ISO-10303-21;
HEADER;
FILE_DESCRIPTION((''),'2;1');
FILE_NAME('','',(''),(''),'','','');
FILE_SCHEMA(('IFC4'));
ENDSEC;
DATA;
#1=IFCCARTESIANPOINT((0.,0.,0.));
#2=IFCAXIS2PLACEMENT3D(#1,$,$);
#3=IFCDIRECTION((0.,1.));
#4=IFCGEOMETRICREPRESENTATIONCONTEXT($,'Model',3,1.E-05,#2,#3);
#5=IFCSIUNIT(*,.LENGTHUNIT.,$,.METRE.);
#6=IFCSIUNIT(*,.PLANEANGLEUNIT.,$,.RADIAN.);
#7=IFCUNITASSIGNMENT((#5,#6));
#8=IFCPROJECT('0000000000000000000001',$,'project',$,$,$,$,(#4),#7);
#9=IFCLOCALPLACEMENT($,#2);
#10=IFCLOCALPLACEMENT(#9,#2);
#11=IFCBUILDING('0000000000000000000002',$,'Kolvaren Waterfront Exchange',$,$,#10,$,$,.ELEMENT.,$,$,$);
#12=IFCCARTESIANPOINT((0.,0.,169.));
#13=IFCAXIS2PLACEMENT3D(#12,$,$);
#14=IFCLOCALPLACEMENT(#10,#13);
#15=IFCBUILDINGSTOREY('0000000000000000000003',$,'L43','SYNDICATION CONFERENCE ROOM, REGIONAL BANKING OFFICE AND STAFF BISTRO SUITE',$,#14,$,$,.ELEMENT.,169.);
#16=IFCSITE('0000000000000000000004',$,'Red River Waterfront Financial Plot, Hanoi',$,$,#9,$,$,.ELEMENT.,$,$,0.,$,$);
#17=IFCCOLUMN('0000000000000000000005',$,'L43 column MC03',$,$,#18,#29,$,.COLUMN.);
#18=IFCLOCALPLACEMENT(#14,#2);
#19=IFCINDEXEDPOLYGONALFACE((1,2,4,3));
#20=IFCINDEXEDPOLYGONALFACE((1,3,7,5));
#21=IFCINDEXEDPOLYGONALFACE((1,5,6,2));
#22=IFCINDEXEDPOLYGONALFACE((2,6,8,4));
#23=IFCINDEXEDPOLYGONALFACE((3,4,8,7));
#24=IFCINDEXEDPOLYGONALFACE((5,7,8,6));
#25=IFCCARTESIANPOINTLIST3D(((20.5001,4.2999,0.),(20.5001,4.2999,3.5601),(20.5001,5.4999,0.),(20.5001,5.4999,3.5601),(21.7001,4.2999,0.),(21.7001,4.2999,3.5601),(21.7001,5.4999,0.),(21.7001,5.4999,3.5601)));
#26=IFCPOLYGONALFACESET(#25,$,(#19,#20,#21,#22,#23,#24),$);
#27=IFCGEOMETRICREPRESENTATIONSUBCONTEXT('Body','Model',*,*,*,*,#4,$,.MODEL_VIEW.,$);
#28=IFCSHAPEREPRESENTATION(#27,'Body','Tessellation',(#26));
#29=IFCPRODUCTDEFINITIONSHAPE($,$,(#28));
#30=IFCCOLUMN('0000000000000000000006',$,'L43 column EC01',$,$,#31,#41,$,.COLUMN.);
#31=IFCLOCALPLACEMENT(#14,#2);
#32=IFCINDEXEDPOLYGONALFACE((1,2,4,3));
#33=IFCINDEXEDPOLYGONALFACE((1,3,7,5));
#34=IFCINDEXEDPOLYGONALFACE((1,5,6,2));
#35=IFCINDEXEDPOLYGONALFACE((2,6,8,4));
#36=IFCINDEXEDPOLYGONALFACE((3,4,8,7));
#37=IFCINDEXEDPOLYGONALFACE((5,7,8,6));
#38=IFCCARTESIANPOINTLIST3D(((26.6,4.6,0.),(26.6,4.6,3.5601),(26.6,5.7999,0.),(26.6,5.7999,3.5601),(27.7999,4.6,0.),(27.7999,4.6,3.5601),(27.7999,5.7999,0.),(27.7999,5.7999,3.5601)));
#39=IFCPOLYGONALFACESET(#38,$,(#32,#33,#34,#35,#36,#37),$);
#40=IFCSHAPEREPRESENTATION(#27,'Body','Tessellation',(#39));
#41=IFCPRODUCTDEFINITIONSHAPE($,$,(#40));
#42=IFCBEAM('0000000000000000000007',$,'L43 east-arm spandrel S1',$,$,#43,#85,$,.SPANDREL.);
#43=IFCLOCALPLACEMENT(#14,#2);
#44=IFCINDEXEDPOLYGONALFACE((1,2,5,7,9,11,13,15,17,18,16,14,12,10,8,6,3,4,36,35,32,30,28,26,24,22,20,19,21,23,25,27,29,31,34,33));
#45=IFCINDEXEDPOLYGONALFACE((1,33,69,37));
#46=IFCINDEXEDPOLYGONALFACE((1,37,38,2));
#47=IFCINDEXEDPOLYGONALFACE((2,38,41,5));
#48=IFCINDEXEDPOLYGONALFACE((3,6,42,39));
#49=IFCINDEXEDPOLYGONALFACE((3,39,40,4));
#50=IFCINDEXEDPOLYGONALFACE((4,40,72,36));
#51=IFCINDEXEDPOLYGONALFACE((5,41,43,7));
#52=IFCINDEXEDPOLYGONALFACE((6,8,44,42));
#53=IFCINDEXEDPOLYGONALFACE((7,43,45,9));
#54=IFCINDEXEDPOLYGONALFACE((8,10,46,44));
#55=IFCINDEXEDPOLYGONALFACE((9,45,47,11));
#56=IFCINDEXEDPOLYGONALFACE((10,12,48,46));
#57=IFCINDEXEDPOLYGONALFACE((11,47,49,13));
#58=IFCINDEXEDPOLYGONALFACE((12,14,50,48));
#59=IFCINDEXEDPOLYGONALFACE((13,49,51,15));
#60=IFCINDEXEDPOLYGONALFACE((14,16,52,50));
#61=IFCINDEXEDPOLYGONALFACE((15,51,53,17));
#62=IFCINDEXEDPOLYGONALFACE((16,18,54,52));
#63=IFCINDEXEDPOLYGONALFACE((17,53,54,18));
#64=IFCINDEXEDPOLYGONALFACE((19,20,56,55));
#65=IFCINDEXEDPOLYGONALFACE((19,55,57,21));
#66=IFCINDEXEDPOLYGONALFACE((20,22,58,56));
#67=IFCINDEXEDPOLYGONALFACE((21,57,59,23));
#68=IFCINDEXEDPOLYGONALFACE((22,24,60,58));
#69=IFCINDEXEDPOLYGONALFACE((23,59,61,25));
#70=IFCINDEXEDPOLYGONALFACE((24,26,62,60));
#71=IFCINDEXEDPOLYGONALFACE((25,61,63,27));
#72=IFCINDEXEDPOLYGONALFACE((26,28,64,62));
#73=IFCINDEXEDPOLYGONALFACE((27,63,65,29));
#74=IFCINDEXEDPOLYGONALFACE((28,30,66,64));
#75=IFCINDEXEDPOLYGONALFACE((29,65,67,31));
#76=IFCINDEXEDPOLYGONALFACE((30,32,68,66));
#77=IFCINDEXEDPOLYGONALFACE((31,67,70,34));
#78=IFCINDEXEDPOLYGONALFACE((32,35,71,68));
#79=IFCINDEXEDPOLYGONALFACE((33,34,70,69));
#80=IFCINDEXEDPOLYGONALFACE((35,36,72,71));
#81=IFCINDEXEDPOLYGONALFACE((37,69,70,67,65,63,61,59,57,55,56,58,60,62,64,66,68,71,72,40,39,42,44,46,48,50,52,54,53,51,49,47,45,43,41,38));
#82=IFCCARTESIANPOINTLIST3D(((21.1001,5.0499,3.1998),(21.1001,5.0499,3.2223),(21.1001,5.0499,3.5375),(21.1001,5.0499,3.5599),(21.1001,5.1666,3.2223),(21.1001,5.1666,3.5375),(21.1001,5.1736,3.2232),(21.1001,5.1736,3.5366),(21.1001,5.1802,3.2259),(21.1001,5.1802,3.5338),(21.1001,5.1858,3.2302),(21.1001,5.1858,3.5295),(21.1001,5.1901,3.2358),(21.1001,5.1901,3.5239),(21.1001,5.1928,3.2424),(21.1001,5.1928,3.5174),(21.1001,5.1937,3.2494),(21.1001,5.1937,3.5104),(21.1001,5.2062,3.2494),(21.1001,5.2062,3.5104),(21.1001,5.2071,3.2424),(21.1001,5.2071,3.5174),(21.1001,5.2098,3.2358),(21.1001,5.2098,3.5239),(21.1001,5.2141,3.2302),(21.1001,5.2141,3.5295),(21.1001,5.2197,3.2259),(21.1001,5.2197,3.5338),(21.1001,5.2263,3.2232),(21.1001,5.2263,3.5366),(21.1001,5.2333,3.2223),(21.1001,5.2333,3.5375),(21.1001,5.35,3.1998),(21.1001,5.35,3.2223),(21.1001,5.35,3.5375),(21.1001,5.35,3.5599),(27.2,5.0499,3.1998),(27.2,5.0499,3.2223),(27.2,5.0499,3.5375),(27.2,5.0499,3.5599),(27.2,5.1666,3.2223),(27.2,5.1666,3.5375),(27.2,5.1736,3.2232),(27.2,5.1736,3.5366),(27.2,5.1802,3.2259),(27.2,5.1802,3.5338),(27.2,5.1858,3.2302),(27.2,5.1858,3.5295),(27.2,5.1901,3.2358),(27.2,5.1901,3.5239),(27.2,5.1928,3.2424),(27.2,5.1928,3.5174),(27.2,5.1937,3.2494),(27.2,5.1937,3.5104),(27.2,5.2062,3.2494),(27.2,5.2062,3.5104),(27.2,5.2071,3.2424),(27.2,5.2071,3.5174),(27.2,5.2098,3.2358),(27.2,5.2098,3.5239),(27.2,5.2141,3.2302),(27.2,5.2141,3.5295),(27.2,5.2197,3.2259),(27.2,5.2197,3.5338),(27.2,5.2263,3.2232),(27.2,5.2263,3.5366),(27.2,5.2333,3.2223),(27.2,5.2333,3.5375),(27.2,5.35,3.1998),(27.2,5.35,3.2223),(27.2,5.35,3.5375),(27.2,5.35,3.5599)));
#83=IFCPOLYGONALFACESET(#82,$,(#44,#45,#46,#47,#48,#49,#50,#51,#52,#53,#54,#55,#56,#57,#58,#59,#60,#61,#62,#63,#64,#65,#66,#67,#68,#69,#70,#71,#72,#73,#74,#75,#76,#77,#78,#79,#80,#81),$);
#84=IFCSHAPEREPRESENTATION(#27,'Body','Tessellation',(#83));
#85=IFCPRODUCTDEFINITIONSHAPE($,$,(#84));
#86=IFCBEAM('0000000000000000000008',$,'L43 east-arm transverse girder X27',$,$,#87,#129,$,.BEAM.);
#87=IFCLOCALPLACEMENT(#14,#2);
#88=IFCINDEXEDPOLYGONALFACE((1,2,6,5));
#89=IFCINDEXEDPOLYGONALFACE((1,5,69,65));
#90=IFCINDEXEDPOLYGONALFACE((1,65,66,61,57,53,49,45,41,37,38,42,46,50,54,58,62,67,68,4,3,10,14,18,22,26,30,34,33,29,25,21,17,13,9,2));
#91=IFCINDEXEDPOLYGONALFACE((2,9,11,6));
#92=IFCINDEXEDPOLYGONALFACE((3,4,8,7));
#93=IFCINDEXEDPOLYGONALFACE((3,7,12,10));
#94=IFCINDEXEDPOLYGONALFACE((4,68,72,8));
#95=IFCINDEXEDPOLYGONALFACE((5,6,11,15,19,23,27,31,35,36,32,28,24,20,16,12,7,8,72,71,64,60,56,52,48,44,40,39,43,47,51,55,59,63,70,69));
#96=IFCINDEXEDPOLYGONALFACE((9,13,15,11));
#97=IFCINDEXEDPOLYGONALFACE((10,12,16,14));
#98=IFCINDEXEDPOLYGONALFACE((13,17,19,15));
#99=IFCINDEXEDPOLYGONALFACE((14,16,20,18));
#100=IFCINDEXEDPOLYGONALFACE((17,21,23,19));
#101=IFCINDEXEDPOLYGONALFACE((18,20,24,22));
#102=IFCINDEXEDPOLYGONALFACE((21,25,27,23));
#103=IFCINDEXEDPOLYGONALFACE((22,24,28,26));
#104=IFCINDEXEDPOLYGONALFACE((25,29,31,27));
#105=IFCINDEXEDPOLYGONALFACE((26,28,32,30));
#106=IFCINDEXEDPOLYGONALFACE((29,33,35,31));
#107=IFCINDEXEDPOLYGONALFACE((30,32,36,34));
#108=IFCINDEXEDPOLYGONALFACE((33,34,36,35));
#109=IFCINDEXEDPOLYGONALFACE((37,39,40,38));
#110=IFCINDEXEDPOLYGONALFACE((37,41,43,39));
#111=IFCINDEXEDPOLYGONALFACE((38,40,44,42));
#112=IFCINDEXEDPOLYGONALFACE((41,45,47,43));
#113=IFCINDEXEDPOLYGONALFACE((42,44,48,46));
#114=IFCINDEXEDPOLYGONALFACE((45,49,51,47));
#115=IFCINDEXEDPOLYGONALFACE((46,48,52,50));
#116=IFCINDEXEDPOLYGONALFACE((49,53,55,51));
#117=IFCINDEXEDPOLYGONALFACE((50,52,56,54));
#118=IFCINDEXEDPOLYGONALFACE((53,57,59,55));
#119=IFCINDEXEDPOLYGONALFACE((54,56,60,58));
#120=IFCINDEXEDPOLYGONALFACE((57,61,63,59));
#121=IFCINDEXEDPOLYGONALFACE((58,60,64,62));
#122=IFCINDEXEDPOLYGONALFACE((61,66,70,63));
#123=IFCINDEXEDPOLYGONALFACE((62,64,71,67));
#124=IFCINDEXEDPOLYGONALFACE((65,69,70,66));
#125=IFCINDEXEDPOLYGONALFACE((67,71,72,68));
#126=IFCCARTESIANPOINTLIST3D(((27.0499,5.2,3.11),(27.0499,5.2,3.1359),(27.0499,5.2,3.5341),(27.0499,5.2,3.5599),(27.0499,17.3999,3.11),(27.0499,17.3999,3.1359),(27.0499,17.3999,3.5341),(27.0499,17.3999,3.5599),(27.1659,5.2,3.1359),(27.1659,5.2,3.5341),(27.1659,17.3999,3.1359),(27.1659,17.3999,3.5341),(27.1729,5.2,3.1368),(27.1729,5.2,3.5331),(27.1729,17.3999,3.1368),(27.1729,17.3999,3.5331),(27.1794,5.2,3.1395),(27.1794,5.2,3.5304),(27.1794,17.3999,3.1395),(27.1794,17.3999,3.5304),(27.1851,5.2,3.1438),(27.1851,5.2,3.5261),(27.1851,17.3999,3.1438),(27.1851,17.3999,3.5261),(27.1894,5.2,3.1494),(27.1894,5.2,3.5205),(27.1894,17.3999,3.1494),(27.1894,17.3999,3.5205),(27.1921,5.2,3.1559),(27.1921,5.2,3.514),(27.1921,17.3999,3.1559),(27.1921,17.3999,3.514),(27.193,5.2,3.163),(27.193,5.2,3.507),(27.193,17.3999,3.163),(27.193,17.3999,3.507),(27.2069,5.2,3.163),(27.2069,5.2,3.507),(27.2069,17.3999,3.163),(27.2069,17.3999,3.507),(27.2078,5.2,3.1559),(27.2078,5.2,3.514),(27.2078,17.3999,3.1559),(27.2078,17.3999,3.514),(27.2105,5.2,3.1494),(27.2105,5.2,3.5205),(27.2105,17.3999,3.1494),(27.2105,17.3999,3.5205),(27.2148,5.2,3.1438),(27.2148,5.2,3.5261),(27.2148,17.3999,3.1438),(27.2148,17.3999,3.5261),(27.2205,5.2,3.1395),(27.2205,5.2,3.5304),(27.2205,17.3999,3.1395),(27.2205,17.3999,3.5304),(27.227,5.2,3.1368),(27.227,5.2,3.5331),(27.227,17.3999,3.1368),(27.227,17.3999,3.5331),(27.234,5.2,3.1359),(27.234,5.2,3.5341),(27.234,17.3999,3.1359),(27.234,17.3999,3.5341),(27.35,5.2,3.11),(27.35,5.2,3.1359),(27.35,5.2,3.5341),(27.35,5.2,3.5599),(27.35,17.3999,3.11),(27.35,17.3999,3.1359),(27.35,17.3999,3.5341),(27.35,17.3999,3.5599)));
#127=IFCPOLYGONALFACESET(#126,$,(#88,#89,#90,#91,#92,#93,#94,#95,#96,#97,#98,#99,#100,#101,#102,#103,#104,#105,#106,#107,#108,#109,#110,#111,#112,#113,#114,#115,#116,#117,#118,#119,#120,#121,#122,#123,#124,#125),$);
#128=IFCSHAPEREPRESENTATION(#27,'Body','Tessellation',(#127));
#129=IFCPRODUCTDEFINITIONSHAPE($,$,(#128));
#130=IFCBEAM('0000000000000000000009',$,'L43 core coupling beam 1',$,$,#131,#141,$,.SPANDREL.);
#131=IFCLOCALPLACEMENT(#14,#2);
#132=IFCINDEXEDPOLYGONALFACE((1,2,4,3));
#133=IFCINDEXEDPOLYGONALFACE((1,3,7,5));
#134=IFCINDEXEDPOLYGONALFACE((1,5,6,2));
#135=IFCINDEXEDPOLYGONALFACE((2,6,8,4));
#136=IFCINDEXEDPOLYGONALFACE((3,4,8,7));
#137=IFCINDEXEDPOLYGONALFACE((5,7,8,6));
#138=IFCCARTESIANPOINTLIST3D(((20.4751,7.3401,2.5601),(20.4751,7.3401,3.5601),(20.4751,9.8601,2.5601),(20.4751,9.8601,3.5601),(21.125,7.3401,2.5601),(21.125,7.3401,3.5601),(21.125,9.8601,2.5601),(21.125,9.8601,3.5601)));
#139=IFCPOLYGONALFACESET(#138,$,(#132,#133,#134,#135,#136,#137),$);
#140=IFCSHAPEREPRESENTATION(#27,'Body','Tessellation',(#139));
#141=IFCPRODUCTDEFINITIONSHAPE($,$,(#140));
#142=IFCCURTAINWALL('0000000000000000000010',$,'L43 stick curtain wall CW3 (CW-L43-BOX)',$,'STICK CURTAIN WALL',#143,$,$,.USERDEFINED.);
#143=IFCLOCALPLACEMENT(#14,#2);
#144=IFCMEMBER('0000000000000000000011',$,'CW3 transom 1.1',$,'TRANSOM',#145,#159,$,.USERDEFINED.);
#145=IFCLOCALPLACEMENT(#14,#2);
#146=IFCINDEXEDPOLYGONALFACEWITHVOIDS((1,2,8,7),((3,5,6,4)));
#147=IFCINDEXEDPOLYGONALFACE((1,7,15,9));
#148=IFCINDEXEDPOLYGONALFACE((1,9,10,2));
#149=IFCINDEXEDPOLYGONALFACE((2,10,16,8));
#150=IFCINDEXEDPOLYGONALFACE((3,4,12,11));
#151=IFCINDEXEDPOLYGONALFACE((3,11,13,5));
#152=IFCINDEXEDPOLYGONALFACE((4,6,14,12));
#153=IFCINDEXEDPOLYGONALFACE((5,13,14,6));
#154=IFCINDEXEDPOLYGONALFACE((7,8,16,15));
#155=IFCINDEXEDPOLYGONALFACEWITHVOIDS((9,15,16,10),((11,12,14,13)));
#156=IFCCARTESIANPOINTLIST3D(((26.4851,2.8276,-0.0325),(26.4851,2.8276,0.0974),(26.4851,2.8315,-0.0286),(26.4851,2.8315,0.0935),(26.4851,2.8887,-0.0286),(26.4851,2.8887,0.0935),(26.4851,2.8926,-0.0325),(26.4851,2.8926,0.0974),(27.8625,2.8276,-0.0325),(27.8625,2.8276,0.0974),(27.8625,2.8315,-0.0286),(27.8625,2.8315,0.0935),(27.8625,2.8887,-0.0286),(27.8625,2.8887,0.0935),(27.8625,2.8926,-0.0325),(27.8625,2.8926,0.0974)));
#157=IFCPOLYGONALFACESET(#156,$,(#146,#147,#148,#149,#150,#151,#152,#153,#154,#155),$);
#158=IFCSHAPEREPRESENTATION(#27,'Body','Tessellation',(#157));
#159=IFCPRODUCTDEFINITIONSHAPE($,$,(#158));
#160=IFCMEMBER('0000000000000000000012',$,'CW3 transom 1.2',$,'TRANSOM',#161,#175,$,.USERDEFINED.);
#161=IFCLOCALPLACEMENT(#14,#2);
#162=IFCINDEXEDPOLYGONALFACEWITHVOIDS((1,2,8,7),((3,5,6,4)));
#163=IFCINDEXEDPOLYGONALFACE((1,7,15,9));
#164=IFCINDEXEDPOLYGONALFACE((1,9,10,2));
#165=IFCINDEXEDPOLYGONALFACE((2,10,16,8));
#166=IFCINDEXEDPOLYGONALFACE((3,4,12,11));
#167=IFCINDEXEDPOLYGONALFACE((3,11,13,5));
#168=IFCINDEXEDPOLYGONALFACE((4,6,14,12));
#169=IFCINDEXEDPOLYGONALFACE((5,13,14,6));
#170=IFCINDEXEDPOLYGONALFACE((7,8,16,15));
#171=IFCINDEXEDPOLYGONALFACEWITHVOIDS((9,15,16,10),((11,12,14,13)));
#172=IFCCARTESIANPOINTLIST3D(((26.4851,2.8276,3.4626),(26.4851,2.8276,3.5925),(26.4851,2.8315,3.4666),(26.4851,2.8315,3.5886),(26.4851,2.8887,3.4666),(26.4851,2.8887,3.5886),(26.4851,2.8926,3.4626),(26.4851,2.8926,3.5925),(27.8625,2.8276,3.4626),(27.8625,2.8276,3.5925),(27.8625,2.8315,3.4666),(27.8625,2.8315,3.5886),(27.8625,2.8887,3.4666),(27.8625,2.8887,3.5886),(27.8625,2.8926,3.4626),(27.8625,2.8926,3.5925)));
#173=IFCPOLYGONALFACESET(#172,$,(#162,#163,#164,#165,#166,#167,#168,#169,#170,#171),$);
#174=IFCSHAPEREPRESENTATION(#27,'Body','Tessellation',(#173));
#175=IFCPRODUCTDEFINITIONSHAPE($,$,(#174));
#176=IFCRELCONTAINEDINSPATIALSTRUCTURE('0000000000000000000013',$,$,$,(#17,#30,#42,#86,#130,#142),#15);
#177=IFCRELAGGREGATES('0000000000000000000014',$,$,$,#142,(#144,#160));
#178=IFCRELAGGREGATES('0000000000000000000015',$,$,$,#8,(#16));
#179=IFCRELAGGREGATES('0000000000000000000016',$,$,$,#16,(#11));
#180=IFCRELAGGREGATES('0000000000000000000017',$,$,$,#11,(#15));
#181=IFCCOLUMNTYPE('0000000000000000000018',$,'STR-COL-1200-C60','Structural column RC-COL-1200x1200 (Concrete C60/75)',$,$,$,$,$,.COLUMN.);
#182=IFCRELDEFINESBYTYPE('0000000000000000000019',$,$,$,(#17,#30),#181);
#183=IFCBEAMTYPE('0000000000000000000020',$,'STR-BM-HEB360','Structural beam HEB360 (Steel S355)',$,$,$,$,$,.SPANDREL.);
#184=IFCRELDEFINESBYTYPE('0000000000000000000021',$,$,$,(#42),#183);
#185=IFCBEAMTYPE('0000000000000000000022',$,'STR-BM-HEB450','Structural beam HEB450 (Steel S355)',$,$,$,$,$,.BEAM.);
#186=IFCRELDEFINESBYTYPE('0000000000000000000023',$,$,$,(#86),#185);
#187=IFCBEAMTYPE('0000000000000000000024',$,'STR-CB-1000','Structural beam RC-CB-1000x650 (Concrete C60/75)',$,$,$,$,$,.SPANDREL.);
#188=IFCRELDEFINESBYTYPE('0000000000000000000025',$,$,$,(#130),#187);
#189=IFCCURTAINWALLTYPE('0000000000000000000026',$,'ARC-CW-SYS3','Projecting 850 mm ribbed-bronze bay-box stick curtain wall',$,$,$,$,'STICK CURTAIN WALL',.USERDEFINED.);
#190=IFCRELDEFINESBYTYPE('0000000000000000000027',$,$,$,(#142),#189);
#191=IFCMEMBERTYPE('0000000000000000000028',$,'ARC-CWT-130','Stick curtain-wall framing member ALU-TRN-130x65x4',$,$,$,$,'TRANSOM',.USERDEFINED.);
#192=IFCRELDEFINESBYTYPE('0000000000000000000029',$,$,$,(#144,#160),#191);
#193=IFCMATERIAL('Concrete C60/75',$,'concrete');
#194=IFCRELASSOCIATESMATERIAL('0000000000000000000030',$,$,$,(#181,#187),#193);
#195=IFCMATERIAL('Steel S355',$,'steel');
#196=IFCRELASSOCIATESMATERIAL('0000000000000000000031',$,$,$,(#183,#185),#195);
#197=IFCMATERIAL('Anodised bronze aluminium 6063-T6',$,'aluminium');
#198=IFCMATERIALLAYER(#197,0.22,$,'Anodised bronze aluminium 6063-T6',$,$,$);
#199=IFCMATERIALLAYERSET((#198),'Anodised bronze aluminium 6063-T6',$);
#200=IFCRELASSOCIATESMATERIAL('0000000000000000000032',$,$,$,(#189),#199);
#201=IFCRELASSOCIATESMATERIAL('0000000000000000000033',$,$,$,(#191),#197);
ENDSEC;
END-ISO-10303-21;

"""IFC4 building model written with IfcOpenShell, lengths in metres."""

from ifc_helpers import new_model, si_unit, direction, frame, origin, origin_with_axes, origin_2d, place, context, subcontext, project, spatial, rectangle, hollow_rectangle, i_section, extrude, source, transform, mapped, material, layer, layer_set, material_profile, profile_set, type_object, element, aggregate, save


model = new_model("IFC4")

# Units and contexts
model_context = context("Model", 3, precision=1e-05, world=origin(), true_north=direction((0.0, 1.0)))
body_context = subcontext(model_context, "Body", "Model", "MODEL_VIEW")
ifc_project = project(units=[si_unit("LENGTHUNIT", "METRE"), si_unit("PLANEANGLEUNIT", "RADIAN")], contexts=[model_context])

# Site, building, storey
site_placement = place(None, origin())
site = spatial("IfcSite", under=ifc_project, at=site_placement, Name="Red River Waterfront Financial Plot, Hanoi", CompositionType="ELEMENT", RefElevation=0.0)
building_placement = place(site_placement, origin())
building = spatial("IfcBuilding", under=site, at=building_placement, Name="Kolvaren Waterfront Exchange", CompositionType="ELEMENT")
storey_placement = place(building_placement, frame((0.0, 0.0, 169.0)))
storey = spatial("IfcBuildingStorey", under=building, at=storey_placement, Name="L43", Description="SYNDICATION CONFERENCE ROOM, REGIONAL BANKING OFFICE AND STAFF BISTRO SUITE", CompositionType="ELEMENT", Elevation=169.0)

# Columns
ifc_material_1 = material(Name="Concrete C60/75", Category="concrete")
ifc_material_profile_1 = material_profile(ifc_material_1, rectangle(XDim=1.2, YDim=1.2, at=origin_2d()), Name="RC-COL-1200x1200")
ifc_profile_set_1 = profile_set([ifc_material_profile_1], Name="Concrete C60/75")
column_type = type_object("IfcColumnType", Name="STR-COL-1200-C60", Description="Structural column RC-COL-1200x1200 (Concrete C60/75)", PredefinedType="COLUMN", material=ifc_profile_set_1)
for number, where, z_axis, x_axis, name in (
    (1, (21.1001, 4.8999, 0.0), (0.0, 0.0, 1.0), (1.0, 0.0, 0.0), "L43 column MC03"),
    (2, (27.2, 5.2, 0.0), (0.0, 0.0, 1.0), (1.0, 0.0, 0.0), "L43 column EC01"),
):
    element("IfcColumn", number, at=place(storey_placement, frame(where, z_axis=z_axis, x_axis=x_axis)), inside=storey, type_object=column_type, Name=name, PredefinedType="COLUMN", context=body_context, shape_type="SweptSolid", body=[
        extrude(rectangle(XDim=1.2, YDim=1.2, at=origin_2d()), origin(), (0.0, 0.0, 1.0), 3.5601),
    ])

# Beams
ifc_material_2 = material(Name="Steel S355", Category="steel")
ifc_material_profile_2 = material_profile(ifc_material_2, i_section(OverallWidth=0.3, OverallDepth=0.3601, WebThickness=0.0125, FlangeThickness=0.0225, FilletRadius=0.0271, at=origin_2d()), Name="HEB360")
ifc_profile_set_2 = profile_set([ifc_material_profile_2], Name="Steel S355")
beam_type_1 = type_object("IfcBeamType", Name="STR-BM-HEB360", Description="Structural beam HEB360 (Steel S355)", PredefinedType="SPANDREL", material=ifc_profile_set_2)
beam_1_placement = place(storey_placement, frame((21.1001, 5.2, 3.3799), z_axis=(1.0, 0.0, 0.0), x_axis=(0.0, 1.0, 0.0)))
element("IfcBeam", 3, at=beam_1_placement, inside=storey, type_object=beam_type_1, Name="L43 east-arm spandrel S1", PredefinedType="SPANDREL", context=body_context, shape_type="SweptSolid", body=[
    extrude(i_section(OverallWidth=0.3, OverallDepth=0.3601, WebThickness=0.0125, FlangeThickness=0.0225, FilletRadius=0.0271, at=origin_2d()), origin(), (0.0, 0.0, 1.0), 6.0999),
])
ifc_material_profile_3 = material_profile(ifc_material_2, i_section(OverallWidth=0.3, OverallDepth=0.45, WebThickness=0.0139, FlangeThickness=0.0259, FilletRadius=0.0271, at=origin_2d()), Name="HEB450")
ifc_profile_set_3 = profile_set([ifc_material_profile_3], Name="Steel S355")
beam_type_2 = type_object("IfcBeamType", Name="STR-BM-HEB450", Description="Structural beam HEB450 (Steel S355)", PredefinedType="BEAM", material=ifc_profile_set_3)
beam_2_placement = place(storey_placement, frame((27.2, 5.2, 3.335), z_axis=(0.0, 1.0, 0.0), x_axis=(-1.0, 0.0, 0.0)))
element("IfcBeam", 4, at=beam_2_placement, inside=storey, type_object=beam_type_2, Name="L43 east-arm transverse girder X27", PredefinedType="BEAM", context=body_context, shape_type="SweptSolid", body=[
    extrude(i_section(OverallWidth=0.3, OverallDepth=0.45, WebThickness=0.0139, FlangeThickness=0.0259, FilletRadius=0.0271, at=origin_2d()), origin(), (0.0, 0.0, 1.0), 12.2),
])
ifc_material_profile_4 = material_profile(ifc_material_1, rectangle(XDim=0.6499, YDim=1.0, at=origin_2d()), Name="RC-CB-1000x650")
ifc_profile_set_4 = profile_set([ifc_material_profile_4], Name="Concrete C60/75")
beam_type_3 = type_object("IfcBeamType", Name="STR-CB-1000", Description="Structural beam RC-CB-1000x650 (Concrete C60/75)", PredefinedType="SPANDREL", material=ifc_profile_set_4)
beam_3_placement = place(storey_placement, frame((20.8, 7.3401, 3.0601), z_axis=(0.0, 1.0, 0.0), x_axis=(-1.0, 0.0, 0.0)))
element("IfcBeam", 5, at=beam_3_placement, inside=storey, type_object=beam_type_3, Name="L43 core coupling beam 1", PredefinedType="SPANDREL", context=body_context, shape_type="SweptSolid", body=[
    extrude(rectangle(XDim=0.6499, YDim=1.0, at=origin_2d()), origin(), (0.0, 0.0, 1.0), 2.52),
])

# Curtain wall, members
ifc_material_3 = material(Name="Anodised bronze aluminium 6063-T6", Category="aluminium")
ifc_layer_1 = layer(ifc_material_3, 0.22, Name="Anodised bronze aluminium 6063-T6")
ifc_layer_set_1 = layer_set([ifc_layer_1], Name="Anodised bronze aluminium 6063-T6")
curtain_wall_type_1 = type_object("IfcCurtainWallType", Name="ARC-CW-SYS3", Description="Projecting 850 mm ribbed-bronze bay-box stick curtain wall", ElementType="STICK CURTAIN WALL", PredefinedType="USERDEFINED", material=ifc_layer_set_1)
curtain_wall_1_placement = place(storey_placement, origin())
curtain_wall_1 = element("IfcCurtainWall", 6, at=curtain_wall_1_placement, inside=storey, type_object=curtain_wall_type_1, Name="L43 stick curtain wall CW3 (CW-L43-BOX)", ObjectType="STICK CURTAIN WALL", PredefinedType="USERDEFINED")
ifc_material_profile_5 = material_profile(ifc_material_3, hollow_rectangle(XDim=0.0649, YDim=0.1299, WallThickness=0.0039, at=origin_2d()), Name="ALU-TRN-130x65x4")
ifc_profile_set_5 = profile_set([ifc_material_profile_5], Name="Anodised bronze aluminium 6063-T6")
member_type_1 = type_object("IfcMemberType", Name="ARC-CWT-130", Description="Stick curtain-wall framing member ALU-TRN-130x65x4", ElementType="TRANSOM", PredefinedType="USERDEFINED", material=ifc_profile_set_5)
shared_shape_1 = source(origin_with_axes(), body_context, "Body", "SweptSolid", [
    extrude(hollow_rectangle(XDim=0.0649, YDim=0.1299, WallThickness=0.0039, at=origin_2d()), origin(), (0.0, 0.0, 1.0), 1.3774),
])
member_1_placement = place(storey_placement, frame((26.4851, 2.8601, 0.0325), z_axis=(1.0, 0.0, 0.0), x_axis=(0.0, 1.0, 0.0)))
member_1 = element("IfcMember", 7, at=member_1_placement, type_object=member_type_1, Name="CW3 transom 1.1", ObjectType="TRANSOM", PredefinedType="USERDEFINED", context=body_context, shape_type="MappedRepresentation", body=[
    mapped(shared_shape_1, transform((0.0, 0.0, 0.0), x_axis=(1.0, 0.0, 0.0), y_axis=(0.0, 1.0, 0.0), z_axis=(0.0, 0.0, 1.0), scale=1.0)),
])
member_2_placement = place(storey_placement, frame((26.4851, 2.8601, 3.5276), z_axis=(1.0, 0.0, 0.0), x_axis=(0.0, 1.0, 0.0)))
member_2 = element("IfcMember", 8, at=member_2_placement, type_object=member_type_1, Name="CW3 transom 1.2", ObjectType="TRANSOM", PredefinedType="USERDEFINED", context=body_context, shape_type="MappedRepresentation", body=[
    mapped(shared_shape_1, transform((0.0, 0.0, 0.0), x_axis=(1.0, 0.0, 0.0), y_axis=(0.0, 1.0, 0.0), z_axis=(0.0, 0.0, 1.0), scale=1.0)),
])

aggregate(curtain_wall_1, [member_1, member_2])

save(model, "model.ifc")
